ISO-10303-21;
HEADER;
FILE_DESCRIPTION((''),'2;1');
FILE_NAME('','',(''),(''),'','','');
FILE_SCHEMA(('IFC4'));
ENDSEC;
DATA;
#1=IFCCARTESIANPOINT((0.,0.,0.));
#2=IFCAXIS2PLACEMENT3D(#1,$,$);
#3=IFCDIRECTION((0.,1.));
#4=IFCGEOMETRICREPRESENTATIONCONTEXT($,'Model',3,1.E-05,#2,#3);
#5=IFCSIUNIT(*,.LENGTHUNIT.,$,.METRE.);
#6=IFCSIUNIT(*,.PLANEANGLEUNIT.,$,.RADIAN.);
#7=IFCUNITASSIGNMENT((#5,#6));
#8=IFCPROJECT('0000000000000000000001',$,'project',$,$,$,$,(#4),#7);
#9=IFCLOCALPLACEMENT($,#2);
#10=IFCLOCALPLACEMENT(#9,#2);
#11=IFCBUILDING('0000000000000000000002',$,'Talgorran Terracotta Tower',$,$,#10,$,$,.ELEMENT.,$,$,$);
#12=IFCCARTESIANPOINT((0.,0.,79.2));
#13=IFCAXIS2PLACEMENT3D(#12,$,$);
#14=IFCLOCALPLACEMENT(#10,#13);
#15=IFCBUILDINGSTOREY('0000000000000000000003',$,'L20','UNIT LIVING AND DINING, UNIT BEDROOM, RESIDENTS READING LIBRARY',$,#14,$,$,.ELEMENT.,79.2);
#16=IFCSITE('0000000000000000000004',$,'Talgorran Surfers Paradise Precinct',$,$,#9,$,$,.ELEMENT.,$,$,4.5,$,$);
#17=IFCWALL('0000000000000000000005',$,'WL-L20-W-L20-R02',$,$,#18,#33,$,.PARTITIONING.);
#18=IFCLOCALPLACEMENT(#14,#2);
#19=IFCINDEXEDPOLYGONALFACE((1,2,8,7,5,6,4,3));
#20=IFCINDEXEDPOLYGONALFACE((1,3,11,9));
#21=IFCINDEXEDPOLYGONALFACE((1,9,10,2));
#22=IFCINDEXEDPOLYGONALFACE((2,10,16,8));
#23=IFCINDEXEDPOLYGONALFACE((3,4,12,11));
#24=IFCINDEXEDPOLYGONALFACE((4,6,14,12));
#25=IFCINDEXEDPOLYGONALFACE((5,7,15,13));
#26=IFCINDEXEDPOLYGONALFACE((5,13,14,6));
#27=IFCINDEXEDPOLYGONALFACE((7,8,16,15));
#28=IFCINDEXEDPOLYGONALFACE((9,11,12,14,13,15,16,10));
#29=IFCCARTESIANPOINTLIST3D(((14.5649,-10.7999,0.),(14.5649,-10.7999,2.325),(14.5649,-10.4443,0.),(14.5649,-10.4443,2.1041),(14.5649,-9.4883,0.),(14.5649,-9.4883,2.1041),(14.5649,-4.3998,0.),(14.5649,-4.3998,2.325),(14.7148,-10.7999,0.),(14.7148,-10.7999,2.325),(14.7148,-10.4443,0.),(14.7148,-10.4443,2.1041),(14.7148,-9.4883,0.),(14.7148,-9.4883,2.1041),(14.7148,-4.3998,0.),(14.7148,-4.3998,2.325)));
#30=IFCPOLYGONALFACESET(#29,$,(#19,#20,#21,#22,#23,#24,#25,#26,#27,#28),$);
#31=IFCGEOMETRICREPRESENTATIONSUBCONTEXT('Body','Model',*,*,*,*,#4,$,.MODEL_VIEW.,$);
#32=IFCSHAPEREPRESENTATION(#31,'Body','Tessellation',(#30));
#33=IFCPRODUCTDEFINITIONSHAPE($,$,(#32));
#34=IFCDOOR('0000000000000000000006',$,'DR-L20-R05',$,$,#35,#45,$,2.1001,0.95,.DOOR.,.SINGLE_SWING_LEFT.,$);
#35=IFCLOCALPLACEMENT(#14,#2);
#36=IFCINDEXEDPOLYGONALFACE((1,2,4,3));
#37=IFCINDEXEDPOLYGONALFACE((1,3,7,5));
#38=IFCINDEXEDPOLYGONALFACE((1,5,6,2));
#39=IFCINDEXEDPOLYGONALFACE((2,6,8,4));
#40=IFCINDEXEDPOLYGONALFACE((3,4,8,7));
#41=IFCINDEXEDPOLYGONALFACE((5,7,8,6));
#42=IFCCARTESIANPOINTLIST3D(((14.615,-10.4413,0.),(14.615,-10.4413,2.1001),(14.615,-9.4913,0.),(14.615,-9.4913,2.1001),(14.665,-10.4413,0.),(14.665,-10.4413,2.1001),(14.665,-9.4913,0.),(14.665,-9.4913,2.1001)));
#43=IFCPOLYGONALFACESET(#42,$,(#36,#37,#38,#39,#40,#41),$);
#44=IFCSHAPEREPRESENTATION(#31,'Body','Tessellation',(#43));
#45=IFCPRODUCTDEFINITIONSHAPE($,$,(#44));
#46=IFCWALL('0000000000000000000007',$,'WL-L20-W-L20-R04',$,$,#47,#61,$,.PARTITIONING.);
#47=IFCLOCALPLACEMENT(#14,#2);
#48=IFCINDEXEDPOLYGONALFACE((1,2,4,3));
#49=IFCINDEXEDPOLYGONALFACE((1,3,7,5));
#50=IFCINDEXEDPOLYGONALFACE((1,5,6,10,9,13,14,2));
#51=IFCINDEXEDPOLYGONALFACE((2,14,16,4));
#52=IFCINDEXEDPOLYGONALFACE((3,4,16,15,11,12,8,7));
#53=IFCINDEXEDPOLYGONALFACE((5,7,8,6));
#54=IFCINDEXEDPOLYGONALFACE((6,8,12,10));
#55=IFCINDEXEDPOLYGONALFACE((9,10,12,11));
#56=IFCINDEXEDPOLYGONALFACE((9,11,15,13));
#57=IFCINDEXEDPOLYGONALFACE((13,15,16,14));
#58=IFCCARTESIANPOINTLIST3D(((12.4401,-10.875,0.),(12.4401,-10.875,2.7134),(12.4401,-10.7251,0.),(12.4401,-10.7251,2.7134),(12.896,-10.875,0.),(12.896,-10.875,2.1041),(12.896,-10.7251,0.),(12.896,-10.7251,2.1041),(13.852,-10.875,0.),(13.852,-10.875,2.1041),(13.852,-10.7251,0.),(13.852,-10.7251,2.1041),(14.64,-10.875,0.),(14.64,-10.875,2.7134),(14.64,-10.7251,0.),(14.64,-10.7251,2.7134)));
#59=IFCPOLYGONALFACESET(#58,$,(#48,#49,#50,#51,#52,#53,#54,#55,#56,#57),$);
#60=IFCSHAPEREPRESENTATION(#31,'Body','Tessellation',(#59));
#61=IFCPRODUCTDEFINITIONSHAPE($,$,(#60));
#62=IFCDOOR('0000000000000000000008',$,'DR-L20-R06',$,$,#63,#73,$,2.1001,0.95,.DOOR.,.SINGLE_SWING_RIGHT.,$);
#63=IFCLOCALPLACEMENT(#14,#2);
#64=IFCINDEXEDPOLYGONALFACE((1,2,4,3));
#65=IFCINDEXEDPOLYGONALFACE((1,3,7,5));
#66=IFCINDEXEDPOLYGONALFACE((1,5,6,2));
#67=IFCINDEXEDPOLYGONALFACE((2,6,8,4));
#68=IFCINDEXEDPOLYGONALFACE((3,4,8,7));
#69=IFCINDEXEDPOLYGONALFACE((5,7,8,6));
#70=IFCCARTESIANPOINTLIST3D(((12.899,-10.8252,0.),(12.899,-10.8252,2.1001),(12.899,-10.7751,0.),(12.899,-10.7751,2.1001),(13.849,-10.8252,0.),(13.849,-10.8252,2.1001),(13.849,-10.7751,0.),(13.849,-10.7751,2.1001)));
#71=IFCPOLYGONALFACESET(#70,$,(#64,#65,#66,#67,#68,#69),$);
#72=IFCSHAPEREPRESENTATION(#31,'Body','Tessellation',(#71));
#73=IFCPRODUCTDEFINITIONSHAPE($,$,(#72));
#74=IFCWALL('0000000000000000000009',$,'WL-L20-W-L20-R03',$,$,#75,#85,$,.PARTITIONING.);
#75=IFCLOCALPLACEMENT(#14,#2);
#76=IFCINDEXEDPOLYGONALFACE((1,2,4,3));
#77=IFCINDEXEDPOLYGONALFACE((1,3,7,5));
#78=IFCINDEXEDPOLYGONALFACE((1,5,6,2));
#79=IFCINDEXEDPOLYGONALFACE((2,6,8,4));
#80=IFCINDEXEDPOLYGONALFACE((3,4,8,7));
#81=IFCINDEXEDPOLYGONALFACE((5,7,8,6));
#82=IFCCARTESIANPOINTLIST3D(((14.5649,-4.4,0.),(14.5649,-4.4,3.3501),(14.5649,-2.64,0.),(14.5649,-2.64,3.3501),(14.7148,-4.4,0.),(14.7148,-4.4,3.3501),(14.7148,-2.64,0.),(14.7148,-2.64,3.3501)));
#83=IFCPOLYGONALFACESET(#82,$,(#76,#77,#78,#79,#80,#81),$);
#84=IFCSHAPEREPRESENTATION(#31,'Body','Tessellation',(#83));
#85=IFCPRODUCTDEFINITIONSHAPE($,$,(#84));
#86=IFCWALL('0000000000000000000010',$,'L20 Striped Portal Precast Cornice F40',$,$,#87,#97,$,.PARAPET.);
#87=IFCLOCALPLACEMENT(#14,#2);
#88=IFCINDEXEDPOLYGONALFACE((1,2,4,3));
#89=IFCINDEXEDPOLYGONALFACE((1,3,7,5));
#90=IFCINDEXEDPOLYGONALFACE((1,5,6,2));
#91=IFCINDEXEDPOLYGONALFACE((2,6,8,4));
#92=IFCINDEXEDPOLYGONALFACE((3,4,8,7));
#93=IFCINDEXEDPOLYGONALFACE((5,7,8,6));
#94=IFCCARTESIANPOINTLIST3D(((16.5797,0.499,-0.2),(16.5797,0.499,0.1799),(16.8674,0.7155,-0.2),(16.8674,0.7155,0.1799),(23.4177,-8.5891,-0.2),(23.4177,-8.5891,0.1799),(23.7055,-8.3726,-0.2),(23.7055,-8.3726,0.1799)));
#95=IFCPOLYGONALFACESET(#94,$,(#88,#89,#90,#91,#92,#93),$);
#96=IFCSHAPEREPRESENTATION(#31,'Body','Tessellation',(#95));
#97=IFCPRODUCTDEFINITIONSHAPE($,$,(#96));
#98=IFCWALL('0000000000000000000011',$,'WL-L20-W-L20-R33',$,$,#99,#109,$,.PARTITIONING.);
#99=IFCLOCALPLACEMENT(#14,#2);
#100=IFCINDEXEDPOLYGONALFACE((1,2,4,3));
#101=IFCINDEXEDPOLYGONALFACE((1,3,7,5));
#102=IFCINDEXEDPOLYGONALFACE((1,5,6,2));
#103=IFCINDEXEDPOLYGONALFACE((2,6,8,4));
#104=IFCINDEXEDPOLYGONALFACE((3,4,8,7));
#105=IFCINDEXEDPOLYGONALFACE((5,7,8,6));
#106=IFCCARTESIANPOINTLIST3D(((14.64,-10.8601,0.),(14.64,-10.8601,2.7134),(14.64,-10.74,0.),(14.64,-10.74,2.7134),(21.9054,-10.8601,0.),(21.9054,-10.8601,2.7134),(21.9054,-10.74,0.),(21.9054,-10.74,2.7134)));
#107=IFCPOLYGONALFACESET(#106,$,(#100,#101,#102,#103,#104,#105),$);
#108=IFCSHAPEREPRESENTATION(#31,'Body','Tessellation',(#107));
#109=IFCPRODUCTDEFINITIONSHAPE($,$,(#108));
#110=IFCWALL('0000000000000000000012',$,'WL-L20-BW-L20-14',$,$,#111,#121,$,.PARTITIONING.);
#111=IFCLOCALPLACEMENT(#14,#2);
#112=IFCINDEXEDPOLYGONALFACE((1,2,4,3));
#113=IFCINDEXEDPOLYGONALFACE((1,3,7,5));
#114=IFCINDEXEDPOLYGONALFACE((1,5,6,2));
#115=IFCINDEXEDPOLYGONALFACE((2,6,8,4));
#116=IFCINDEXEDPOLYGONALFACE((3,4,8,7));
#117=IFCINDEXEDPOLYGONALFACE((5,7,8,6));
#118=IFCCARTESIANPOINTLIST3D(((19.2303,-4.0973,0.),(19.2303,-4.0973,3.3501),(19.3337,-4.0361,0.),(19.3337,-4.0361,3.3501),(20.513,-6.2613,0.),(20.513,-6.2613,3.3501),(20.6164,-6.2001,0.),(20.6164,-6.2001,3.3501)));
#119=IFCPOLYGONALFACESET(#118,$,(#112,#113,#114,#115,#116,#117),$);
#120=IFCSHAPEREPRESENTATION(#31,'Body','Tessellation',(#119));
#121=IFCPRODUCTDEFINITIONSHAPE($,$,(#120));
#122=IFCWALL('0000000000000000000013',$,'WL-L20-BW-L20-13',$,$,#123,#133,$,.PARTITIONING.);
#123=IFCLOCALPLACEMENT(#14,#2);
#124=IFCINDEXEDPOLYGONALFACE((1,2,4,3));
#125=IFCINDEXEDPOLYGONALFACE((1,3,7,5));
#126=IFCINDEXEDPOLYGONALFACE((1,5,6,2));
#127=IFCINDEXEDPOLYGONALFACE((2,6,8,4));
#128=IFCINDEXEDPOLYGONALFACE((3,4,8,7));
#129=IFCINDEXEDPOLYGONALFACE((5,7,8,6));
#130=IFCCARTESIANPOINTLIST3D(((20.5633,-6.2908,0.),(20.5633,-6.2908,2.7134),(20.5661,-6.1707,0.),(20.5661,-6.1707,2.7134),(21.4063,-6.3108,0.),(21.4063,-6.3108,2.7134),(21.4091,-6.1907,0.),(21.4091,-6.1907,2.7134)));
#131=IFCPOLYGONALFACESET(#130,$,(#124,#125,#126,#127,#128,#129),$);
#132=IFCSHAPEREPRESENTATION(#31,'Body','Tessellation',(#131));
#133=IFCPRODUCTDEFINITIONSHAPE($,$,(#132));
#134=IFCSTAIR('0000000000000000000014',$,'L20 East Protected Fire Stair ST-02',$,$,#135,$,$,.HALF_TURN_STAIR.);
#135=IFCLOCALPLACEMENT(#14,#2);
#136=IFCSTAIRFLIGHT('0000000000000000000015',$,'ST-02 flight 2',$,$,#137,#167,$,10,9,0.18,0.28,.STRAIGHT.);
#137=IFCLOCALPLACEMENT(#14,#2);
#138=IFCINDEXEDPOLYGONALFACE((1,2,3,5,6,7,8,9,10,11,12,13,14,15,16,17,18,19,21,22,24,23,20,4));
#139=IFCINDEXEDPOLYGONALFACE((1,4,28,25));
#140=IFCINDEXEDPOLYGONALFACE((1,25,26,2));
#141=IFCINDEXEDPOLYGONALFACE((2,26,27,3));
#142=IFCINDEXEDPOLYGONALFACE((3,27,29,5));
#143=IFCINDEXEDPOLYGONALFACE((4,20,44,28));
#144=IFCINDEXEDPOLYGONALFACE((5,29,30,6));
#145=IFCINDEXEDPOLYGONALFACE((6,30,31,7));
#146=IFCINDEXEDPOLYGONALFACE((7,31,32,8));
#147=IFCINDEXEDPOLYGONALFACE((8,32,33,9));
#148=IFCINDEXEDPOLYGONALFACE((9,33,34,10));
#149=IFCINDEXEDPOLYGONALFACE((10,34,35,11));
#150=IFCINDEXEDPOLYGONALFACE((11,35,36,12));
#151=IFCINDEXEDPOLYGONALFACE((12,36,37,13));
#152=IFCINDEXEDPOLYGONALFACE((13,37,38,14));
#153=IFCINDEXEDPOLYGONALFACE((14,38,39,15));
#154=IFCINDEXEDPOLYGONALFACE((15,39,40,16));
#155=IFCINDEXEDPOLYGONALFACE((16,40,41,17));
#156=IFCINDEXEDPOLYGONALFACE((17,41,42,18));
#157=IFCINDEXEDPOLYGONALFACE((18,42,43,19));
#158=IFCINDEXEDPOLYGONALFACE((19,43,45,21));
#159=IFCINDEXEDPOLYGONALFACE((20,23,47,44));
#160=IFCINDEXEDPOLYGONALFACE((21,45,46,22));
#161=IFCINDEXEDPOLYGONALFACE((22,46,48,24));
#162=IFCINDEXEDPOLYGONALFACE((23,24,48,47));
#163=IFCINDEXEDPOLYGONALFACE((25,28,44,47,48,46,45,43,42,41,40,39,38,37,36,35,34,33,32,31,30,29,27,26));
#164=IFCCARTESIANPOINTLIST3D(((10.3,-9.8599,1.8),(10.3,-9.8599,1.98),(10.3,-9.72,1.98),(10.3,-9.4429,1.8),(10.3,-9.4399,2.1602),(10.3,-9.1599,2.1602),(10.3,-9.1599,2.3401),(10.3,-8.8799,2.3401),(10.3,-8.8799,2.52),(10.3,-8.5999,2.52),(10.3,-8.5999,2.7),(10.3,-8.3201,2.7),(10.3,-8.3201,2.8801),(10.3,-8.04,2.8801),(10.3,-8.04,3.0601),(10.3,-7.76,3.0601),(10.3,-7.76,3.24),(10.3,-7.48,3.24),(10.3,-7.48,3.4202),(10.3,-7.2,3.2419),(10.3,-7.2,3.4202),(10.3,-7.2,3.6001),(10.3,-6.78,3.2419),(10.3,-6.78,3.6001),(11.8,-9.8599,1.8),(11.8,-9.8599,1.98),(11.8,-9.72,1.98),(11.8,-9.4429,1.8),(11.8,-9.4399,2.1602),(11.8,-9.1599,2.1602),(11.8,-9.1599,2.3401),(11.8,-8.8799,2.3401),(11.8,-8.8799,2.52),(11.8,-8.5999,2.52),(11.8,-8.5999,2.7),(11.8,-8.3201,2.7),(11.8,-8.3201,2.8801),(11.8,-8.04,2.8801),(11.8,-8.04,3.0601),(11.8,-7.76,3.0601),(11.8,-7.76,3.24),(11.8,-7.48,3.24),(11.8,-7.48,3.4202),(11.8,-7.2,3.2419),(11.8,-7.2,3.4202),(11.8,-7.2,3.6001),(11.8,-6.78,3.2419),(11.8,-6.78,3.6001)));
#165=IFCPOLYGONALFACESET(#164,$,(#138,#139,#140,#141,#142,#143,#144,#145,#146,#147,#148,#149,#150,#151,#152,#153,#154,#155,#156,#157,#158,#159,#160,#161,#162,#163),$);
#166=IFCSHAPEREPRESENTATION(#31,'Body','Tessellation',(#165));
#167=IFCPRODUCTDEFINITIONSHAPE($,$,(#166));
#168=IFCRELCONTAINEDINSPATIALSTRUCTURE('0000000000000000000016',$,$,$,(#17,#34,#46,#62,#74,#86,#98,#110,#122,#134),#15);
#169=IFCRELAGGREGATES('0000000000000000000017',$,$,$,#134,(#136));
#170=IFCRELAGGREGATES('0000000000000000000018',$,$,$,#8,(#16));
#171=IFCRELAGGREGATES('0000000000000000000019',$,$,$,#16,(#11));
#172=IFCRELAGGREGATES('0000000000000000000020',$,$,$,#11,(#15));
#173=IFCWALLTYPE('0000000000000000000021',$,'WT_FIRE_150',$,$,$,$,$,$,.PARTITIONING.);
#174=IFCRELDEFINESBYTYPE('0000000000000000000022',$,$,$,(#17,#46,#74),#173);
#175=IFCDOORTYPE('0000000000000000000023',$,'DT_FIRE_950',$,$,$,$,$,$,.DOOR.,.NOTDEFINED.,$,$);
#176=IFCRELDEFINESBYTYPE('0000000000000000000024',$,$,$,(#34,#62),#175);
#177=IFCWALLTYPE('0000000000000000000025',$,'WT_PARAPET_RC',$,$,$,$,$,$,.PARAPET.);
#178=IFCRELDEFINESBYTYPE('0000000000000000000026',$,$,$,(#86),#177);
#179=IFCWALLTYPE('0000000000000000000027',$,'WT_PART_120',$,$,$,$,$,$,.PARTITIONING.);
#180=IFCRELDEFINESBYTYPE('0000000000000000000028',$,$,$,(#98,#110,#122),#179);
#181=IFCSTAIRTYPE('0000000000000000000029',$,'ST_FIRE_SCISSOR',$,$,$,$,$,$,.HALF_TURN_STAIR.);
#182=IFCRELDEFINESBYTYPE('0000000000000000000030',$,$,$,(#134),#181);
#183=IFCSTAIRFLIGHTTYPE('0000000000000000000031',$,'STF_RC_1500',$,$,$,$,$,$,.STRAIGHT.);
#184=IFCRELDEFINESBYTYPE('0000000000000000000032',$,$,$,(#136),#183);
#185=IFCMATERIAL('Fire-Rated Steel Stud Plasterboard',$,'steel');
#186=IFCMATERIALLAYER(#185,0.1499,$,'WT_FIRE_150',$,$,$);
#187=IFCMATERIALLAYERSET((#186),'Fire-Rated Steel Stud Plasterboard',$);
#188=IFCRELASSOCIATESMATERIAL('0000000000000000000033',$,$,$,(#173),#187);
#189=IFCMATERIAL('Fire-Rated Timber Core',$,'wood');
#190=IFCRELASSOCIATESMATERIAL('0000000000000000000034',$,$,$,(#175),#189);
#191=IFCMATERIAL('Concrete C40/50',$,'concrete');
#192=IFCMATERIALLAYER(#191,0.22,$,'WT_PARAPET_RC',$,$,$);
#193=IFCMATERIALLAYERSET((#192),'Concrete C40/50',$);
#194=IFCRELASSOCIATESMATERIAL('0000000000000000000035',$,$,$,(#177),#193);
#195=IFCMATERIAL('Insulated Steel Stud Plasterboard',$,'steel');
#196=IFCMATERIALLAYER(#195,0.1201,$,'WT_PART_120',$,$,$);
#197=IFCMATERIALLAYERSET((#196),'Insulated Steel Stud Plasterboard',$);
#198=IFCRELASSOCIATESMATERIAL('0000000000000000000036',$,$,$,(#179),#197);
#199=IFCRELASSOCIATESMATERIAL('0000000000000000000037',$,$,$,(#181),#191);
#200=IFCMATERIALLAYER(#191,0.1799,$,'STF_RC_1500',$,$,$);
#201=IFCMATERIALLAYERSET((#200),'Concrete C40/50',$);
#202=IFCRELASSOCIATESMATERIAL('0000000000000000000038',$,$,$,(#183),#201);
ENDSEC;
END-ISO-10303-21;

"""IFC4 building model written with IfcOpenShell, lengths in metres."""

from ifc_helpers import new_model, si_unit, direction, frame, frame_2d, origin, place, context, subcontext, project, spatial, polyline, rectangle, outline, extrude, material, layer, layer_set, type_object, element, fill, aggregate, save


model = new_model("IFC4")

# Units and contexts
model_context = context("Model", 3, precision=1e-05, world=origin(), true_north=direction((0.0, 1.0)))
body_context = subcontext(model_context, "Body", "Model", "MODEL_VIEW")
ifc_project = project(units=[si_unit("LENGTHUNIT", "METRE"), si_unit("PLANEANGLEUNIT", "RADIAN")], contexts=[model_context])

# Site, building, storey
site_placement = place(None, origin())
site = spatial("IfcSite", under=ifc_project, at=site_placement, Name="Talgorran Surfers Paradise Precinct", CompositionType="ELEMENT", RefElevation=4.5)
building_placement = place(site_placement, origin())
building = spatial("IfcBuilding", under=site, at=building_placement, Name="Talgorran Terracotta Tower", CompositionType="ELEMENT")
storey_placement = place(building_placement, frame((0.0, 0.0, 79.2)))
storey = spatial("IfcBuildingStorey", under=building, at=storey_placement, Name="L20", Description="UNIT LIVING AND DINING, UNIT BEDROOM, RESIDENTS READING LIBRARY", CompositionType="ELEMENT", Elevation=79.2)

# Walls, openings, doors
ifc_material_1 = material(Name="Fire-Rated Steel Stud Plasterboard", Category="steel")
ifc_layer_1 = layer(ifc_material_1, 0.1499, Name="WT_FIRE_150")
ifc_layer_set_1 = layer_set([ifc_layer_1], Name="Fire-Rated Steel Stud Plasterboard")
wall_type_1 = type_object("IfcWallType", Name="WT_FIRE_150", PredefinedType="PARTITIONING", material=ifc_layer_set_1)
wall_1_placement = place(storey_placement, frame((14.6399, -10.8, 0.0), z_axis=(0.0, 0.0, 1.0), x_axis=(0.0, 1.0, 0.0)))
wall_1 = element("IfcWall", 1, at=wall_1_placement, inside=storey, type_object=wall_type_1, Name="WL-L20-W-L20-R02", PredefinedType="PARTITIONING", context=body_context, shape_type="SweptSolid", body=[
    extrude(rectangle(XDim=6.4001, YDim=0.1499, at=frame_2d((3.2002, 0.0))), origin(), (0.0, 0.0, 1.0), 2.325),
])
opening_1_placement = place(wall_1_placement, frame((0.3586, 0.0, 0.0)))
opening_1 = element("IfcOpeningElement", 2, at=opening_1_placement, cuts=wall_1, PredefinedType="OPENING", context=body_context, shape_type="SweptSolid", body=[
    extrude(rectangle(XDim=0.956, YDim=2.1041, at=frame_2d((0.4751, 1.052))), frame((0.0, 0.085, 0.0), z_axis=(0.0, -1.0, 0.0), x_axis=(1.0, 0.0, 0.0)), (0.0, 0.0, 1.0), 0.1699),
])
ifc_material_2 = material(Name="Fire-Rated Timber Core", Category="wood")
door_type = type_object("IfcDoorType", Name="DT_FIRE_950", OperationType="NOTDEFINED", PredefinedType="DOOR", material=ifc_material_2)
door_1_placement = place(opening_1_placement, origin())
door_1 = element("IfcDoor", 3, at=door_1_placement, inside=storey, type_object=door_type, Name="DR-L20-R05", OperationType="SINGLE_SWING_LEFT", OverallHeight=2.1001, OverallWidth=0.95, PredefinedType="DOOR", context=body_context, shape_type="SweptSolid", body=[
    extrude(rectangle(XDim=0.95, YDim=2.1001, at=frame_2d((0.4751, 1.05))), frame((0.0, 0.0249, 0.0), z_axis=(0.0, -1.0, 0.0), x_axis=(1.0, 0.0, 0.0)), (0.0, 0.0, 1.0), 0.05),
])
fill(opening_1, door_1)
wall_2_placement = place(storey_placement, frame((12.4399, -10.8, 0.0), z_axis=(0.0, 0.0, 1.0), x_axis=(1.0, 0.0, 0.0)))
wall_2 = element("IfcWall", 4, at=wall_2_placement, inside=storey, type_object=wall_type_1, Name="WL-L20-W-L20-R04", PredefinedType="PARTITIONING", context=body_context, shape_type="SweptSolid", body=[
    extrude(rectangle(XDim=2.2, YDim=0.1499, at=frame_2d((1.1001, 0.0))), origin(), (0.0, 0.0, 1.0), 2.7134),
])
opening_2_placement = place(wall_2_placement, frame((0.459, 0.0, 0.0)))
opening_2 = element("IfcOpeningElement", 5, at=opening_2_placement, cuts=wall_2, PredefinedType="OPENING", context=body_context, shape_type="SweptSolid", body=[
    extrude(rectangle(XDim=0.956, YDim=2.1041, at=frame_2d((0.4751, 1.052))), frame((0.0, 0.085, 0.0), z_axis=(0.0, -1.0, 0.0), x_axis=(1.0, 0.0, 0.0)), (0.0, 0.0, 1.0), 0.1699),
])
door_2_placement = place(opening_2_placement, origin())
door_2 = element("IfcDoor", 6, at=door_2_placement, inside=storey, type_object=door_type, Name="DR-L20-R06", OperationType="SINGLE_SWING_RIGHT", OverallHeight=2.1001, OverallWidth=0.95, PredefinedType="DOOR", context=body_context, shape_type="SweptSolid", body=[
    extrude(rectangle(XDim=0.95, YDim=2.1001, at=frame_2d((0.4751, 1.05))), frame((0.0, 0.0249, 0.0), z_axis=(0.0, -1.0, 0.0), x_axis=(1.0, 0.0, 0.0)), (0.0, 0.0, 1.0), 0.05),
])
fill(opening_2, door_2)

# Walls
wall_3_placement = place(storey_placement, frame((14.6399, -4.3999, 0.0), z_axis=(0.0, 0.0, 1.0), x_axis=(0.0, 1.0, 0.0)))
element("IfcWall", 7, at=wall_3_placement, inside=storey, type_object=wall_type_1, Name="WL-L20-W-L20-R03", PredefinedType="PARTITIONING", context=body_context, shape_type="SweptSolid", body=[
    extrude(rectangle(XDim=1.76, YDim=0.1499, at=frame_2d((0.8799, 0.0))), origin(), (0.0, 0.0, 1.0), 3.3501),
])
ifc_material_3 = material(Name="Concrete C40/50", Category="concrete")
ifc_layer_2 = layer(ifc_material_3, 0.22, Name="WT_PARAPET_RC")
ifc_layer_set_2 = layer_set([ifc_layer_2], Name="Concrete C40/50")
wall_type_2 = type_object("IfcWallType", Name="WT_PARAPET_RC", PredefinedType="PARAPET", material=ifc_layer_set_2)
wall_4_placement = place(storey_placement, frame((23.5615, -8.4807, -0.2), z_axis=(0.0, 0.0, 1.0), x_axis=(-0.601239, 0.799069, 0.0)))
element("IfcWall", 8, at=wall_4_placement, inside=storey, type_object=wall_type_2, Name="L20 Striped Portal Precast Cornice F40", PredefinedType="PARAPET", context=body_context, shape_type="SweptSolid", body=[
    extrude(rectangle(XDim=11.3733, YDim=0.3601, at=frame_2d((5.6865, 0.0))), origin(), (0.0, 0.0, 1.0), 0.3799),
])
ifc_material_4 = material(Name="Insulated Steel Stud Plasterboard", Category="steel")
ifc_layer_3 = layer(ifc_material_4, 0.1201, Name="WT_PART_120")
ifc_layer_set_3 = layer_set([ifc_layer_3], Name="Insulated Steel Stud Plasterboard")
wall_type_3 = type_object("IfcWallType", Name="WT_PART_120", PredefinedType="PARTITIONING", material=ifc_layer_set_3)
wall_5_placement = place(storey_placement, frame((14.6399, -10.8, 0.0), z_axis=(0.0, 0.0, 1.0), x_axis=(1.0, 0.0, 0.0)))
element("IfcWall", 9, at=wall_5_placement, inside=storey, type_object=wall_type_3, Name="WL-L20-W-L20-R33", PredefinedType="PARTITIONING", context=body_context, shape_type="SweptSolid", body=[
    extrude(rectangle(XDim=7.2654, YDim=0.1201, at=frame_2d((3.6328, 0.0))), origin(), (0.0, 0.0, 1.0), 2.7134),
])
wall_6_placement = place(storey_placement, frame((20.5647, -6.2307, 0.0), z_axis=(0.0, 0.0, 1.0), x_axis=(-0.509893, 0.860238, 0.0)))
element("IfcWall", 10, at=wall_6_placement, inside=storey, type_object=wall_type_3, Name="WL-L20-BW-L20-14", PredefinedType="PARTITIONING", context=body_context, shape_type="SweptSolid", body=[
    extrude(rectangle(XDim=2.5156, YDim=0.1201, at=frame_2d((1.2578, 0.0))), origin(), (0.0, 0.0, 1.0), 3.3501),
])
wall_7_placement = place(storey_placement, frame((21.4077, -6.2507, 0.0), z_axis=(0.0, 0.0, 1.0), x_axis=(-0.999718, 0.023741, 0.0)))
element("IfcWall", 11, at=wall_7_placement, inside=storey, type_object=wall_type_3, Name="WL-L20-BW-L20-13", PredefinedType="PARTITIONING", context=body_context, shape_type="SweptSolid", body=[
    extrude(rectangle(XDim=0.8433, YDim=0.1201, at=frame_2d((0.4216, 0.0))), origin(), (0.0, 0.0, 1.0), 2.7134),
])

# Stair, stair flight
stair_type = type_object("IfcStairType", Name="ST_FIRE_SCISSOR", PredefinedType="HALF_TURN_STAIR", material=ifc_material_3)
stair_placement = place(storey_placement, origin())
stair = element("IfcStair", 12, at=stair_placement, inside=storey, type_object=stair_type, Name="L20 East Protected Fire Stair ST-02", PredefinedType="HALF_TURN_STAIR")
ifc_layer_4 = layer(ifc_material_3, 0.1799, Name="STF_RC_1500")
ifc_layer_set_4 = layer_set([ifc_layer_4], Name="Concrete C40/50")
stair_flight_type = type_object("IfcStairFlightType", Name="STF_RC_1500", PredefinedType="STRAIGHT", material=ifc_layer_set_4)
stair_flight_placement = place(storey_placement, frame((11.05, -9.72, 1.8), z_axis=(0.0, 0.0, 1.0), x_axis=(0.0, 1.0, 0.0)))
stair_flight = element("IfcStairFlight", 13, at=stair_flight_placement, type_object=stair_flight_type, Name="ST-02 flight 2", NumberOfRisers=10, NumberOfTreads=9, PredefinedType="STRAIGHT", RiserHeight=0.18, TreadLength=0.28, context=body_context, shape_type="SweptSolid", body=[
    extrude(outline(polyline([(-0.1399, 0.0), (-0.1399, 0.1799), (0.0, 0.1799), (0.28, 0.3601), (0.5601, 0.3601), (0.5601, 0.54), (0.8401, 0.54), (0.8401, 0.72), (1.1201, 0.72), (1.1201, 0.8999), (1.3999, 0.8999), (1.3999, 1.0801), (1.6799, 1.0801), (1.6799, 1.26), (1.96, 1.26), (1.96, 1.4399), (2.24, 1.4399), (2.24, 1.6201), (2.52, 1.6201), (2.52, 1.8), (2.9399, 1.8), (2.9399, 1.4419), (2.52, 1.4419), (0.2771, 0.0), (-0.1399, 0.0)])), frame((0.0, 0.75, 0.0), z_axis=(0.0, -1.0, 0.0), x_axis=(1.0, 0.0, 0.0)), (0.0, 0.0, 1.0), 1.5),
])
aggregate(stair, [stair_flight])

save(model, "model.ifc")
